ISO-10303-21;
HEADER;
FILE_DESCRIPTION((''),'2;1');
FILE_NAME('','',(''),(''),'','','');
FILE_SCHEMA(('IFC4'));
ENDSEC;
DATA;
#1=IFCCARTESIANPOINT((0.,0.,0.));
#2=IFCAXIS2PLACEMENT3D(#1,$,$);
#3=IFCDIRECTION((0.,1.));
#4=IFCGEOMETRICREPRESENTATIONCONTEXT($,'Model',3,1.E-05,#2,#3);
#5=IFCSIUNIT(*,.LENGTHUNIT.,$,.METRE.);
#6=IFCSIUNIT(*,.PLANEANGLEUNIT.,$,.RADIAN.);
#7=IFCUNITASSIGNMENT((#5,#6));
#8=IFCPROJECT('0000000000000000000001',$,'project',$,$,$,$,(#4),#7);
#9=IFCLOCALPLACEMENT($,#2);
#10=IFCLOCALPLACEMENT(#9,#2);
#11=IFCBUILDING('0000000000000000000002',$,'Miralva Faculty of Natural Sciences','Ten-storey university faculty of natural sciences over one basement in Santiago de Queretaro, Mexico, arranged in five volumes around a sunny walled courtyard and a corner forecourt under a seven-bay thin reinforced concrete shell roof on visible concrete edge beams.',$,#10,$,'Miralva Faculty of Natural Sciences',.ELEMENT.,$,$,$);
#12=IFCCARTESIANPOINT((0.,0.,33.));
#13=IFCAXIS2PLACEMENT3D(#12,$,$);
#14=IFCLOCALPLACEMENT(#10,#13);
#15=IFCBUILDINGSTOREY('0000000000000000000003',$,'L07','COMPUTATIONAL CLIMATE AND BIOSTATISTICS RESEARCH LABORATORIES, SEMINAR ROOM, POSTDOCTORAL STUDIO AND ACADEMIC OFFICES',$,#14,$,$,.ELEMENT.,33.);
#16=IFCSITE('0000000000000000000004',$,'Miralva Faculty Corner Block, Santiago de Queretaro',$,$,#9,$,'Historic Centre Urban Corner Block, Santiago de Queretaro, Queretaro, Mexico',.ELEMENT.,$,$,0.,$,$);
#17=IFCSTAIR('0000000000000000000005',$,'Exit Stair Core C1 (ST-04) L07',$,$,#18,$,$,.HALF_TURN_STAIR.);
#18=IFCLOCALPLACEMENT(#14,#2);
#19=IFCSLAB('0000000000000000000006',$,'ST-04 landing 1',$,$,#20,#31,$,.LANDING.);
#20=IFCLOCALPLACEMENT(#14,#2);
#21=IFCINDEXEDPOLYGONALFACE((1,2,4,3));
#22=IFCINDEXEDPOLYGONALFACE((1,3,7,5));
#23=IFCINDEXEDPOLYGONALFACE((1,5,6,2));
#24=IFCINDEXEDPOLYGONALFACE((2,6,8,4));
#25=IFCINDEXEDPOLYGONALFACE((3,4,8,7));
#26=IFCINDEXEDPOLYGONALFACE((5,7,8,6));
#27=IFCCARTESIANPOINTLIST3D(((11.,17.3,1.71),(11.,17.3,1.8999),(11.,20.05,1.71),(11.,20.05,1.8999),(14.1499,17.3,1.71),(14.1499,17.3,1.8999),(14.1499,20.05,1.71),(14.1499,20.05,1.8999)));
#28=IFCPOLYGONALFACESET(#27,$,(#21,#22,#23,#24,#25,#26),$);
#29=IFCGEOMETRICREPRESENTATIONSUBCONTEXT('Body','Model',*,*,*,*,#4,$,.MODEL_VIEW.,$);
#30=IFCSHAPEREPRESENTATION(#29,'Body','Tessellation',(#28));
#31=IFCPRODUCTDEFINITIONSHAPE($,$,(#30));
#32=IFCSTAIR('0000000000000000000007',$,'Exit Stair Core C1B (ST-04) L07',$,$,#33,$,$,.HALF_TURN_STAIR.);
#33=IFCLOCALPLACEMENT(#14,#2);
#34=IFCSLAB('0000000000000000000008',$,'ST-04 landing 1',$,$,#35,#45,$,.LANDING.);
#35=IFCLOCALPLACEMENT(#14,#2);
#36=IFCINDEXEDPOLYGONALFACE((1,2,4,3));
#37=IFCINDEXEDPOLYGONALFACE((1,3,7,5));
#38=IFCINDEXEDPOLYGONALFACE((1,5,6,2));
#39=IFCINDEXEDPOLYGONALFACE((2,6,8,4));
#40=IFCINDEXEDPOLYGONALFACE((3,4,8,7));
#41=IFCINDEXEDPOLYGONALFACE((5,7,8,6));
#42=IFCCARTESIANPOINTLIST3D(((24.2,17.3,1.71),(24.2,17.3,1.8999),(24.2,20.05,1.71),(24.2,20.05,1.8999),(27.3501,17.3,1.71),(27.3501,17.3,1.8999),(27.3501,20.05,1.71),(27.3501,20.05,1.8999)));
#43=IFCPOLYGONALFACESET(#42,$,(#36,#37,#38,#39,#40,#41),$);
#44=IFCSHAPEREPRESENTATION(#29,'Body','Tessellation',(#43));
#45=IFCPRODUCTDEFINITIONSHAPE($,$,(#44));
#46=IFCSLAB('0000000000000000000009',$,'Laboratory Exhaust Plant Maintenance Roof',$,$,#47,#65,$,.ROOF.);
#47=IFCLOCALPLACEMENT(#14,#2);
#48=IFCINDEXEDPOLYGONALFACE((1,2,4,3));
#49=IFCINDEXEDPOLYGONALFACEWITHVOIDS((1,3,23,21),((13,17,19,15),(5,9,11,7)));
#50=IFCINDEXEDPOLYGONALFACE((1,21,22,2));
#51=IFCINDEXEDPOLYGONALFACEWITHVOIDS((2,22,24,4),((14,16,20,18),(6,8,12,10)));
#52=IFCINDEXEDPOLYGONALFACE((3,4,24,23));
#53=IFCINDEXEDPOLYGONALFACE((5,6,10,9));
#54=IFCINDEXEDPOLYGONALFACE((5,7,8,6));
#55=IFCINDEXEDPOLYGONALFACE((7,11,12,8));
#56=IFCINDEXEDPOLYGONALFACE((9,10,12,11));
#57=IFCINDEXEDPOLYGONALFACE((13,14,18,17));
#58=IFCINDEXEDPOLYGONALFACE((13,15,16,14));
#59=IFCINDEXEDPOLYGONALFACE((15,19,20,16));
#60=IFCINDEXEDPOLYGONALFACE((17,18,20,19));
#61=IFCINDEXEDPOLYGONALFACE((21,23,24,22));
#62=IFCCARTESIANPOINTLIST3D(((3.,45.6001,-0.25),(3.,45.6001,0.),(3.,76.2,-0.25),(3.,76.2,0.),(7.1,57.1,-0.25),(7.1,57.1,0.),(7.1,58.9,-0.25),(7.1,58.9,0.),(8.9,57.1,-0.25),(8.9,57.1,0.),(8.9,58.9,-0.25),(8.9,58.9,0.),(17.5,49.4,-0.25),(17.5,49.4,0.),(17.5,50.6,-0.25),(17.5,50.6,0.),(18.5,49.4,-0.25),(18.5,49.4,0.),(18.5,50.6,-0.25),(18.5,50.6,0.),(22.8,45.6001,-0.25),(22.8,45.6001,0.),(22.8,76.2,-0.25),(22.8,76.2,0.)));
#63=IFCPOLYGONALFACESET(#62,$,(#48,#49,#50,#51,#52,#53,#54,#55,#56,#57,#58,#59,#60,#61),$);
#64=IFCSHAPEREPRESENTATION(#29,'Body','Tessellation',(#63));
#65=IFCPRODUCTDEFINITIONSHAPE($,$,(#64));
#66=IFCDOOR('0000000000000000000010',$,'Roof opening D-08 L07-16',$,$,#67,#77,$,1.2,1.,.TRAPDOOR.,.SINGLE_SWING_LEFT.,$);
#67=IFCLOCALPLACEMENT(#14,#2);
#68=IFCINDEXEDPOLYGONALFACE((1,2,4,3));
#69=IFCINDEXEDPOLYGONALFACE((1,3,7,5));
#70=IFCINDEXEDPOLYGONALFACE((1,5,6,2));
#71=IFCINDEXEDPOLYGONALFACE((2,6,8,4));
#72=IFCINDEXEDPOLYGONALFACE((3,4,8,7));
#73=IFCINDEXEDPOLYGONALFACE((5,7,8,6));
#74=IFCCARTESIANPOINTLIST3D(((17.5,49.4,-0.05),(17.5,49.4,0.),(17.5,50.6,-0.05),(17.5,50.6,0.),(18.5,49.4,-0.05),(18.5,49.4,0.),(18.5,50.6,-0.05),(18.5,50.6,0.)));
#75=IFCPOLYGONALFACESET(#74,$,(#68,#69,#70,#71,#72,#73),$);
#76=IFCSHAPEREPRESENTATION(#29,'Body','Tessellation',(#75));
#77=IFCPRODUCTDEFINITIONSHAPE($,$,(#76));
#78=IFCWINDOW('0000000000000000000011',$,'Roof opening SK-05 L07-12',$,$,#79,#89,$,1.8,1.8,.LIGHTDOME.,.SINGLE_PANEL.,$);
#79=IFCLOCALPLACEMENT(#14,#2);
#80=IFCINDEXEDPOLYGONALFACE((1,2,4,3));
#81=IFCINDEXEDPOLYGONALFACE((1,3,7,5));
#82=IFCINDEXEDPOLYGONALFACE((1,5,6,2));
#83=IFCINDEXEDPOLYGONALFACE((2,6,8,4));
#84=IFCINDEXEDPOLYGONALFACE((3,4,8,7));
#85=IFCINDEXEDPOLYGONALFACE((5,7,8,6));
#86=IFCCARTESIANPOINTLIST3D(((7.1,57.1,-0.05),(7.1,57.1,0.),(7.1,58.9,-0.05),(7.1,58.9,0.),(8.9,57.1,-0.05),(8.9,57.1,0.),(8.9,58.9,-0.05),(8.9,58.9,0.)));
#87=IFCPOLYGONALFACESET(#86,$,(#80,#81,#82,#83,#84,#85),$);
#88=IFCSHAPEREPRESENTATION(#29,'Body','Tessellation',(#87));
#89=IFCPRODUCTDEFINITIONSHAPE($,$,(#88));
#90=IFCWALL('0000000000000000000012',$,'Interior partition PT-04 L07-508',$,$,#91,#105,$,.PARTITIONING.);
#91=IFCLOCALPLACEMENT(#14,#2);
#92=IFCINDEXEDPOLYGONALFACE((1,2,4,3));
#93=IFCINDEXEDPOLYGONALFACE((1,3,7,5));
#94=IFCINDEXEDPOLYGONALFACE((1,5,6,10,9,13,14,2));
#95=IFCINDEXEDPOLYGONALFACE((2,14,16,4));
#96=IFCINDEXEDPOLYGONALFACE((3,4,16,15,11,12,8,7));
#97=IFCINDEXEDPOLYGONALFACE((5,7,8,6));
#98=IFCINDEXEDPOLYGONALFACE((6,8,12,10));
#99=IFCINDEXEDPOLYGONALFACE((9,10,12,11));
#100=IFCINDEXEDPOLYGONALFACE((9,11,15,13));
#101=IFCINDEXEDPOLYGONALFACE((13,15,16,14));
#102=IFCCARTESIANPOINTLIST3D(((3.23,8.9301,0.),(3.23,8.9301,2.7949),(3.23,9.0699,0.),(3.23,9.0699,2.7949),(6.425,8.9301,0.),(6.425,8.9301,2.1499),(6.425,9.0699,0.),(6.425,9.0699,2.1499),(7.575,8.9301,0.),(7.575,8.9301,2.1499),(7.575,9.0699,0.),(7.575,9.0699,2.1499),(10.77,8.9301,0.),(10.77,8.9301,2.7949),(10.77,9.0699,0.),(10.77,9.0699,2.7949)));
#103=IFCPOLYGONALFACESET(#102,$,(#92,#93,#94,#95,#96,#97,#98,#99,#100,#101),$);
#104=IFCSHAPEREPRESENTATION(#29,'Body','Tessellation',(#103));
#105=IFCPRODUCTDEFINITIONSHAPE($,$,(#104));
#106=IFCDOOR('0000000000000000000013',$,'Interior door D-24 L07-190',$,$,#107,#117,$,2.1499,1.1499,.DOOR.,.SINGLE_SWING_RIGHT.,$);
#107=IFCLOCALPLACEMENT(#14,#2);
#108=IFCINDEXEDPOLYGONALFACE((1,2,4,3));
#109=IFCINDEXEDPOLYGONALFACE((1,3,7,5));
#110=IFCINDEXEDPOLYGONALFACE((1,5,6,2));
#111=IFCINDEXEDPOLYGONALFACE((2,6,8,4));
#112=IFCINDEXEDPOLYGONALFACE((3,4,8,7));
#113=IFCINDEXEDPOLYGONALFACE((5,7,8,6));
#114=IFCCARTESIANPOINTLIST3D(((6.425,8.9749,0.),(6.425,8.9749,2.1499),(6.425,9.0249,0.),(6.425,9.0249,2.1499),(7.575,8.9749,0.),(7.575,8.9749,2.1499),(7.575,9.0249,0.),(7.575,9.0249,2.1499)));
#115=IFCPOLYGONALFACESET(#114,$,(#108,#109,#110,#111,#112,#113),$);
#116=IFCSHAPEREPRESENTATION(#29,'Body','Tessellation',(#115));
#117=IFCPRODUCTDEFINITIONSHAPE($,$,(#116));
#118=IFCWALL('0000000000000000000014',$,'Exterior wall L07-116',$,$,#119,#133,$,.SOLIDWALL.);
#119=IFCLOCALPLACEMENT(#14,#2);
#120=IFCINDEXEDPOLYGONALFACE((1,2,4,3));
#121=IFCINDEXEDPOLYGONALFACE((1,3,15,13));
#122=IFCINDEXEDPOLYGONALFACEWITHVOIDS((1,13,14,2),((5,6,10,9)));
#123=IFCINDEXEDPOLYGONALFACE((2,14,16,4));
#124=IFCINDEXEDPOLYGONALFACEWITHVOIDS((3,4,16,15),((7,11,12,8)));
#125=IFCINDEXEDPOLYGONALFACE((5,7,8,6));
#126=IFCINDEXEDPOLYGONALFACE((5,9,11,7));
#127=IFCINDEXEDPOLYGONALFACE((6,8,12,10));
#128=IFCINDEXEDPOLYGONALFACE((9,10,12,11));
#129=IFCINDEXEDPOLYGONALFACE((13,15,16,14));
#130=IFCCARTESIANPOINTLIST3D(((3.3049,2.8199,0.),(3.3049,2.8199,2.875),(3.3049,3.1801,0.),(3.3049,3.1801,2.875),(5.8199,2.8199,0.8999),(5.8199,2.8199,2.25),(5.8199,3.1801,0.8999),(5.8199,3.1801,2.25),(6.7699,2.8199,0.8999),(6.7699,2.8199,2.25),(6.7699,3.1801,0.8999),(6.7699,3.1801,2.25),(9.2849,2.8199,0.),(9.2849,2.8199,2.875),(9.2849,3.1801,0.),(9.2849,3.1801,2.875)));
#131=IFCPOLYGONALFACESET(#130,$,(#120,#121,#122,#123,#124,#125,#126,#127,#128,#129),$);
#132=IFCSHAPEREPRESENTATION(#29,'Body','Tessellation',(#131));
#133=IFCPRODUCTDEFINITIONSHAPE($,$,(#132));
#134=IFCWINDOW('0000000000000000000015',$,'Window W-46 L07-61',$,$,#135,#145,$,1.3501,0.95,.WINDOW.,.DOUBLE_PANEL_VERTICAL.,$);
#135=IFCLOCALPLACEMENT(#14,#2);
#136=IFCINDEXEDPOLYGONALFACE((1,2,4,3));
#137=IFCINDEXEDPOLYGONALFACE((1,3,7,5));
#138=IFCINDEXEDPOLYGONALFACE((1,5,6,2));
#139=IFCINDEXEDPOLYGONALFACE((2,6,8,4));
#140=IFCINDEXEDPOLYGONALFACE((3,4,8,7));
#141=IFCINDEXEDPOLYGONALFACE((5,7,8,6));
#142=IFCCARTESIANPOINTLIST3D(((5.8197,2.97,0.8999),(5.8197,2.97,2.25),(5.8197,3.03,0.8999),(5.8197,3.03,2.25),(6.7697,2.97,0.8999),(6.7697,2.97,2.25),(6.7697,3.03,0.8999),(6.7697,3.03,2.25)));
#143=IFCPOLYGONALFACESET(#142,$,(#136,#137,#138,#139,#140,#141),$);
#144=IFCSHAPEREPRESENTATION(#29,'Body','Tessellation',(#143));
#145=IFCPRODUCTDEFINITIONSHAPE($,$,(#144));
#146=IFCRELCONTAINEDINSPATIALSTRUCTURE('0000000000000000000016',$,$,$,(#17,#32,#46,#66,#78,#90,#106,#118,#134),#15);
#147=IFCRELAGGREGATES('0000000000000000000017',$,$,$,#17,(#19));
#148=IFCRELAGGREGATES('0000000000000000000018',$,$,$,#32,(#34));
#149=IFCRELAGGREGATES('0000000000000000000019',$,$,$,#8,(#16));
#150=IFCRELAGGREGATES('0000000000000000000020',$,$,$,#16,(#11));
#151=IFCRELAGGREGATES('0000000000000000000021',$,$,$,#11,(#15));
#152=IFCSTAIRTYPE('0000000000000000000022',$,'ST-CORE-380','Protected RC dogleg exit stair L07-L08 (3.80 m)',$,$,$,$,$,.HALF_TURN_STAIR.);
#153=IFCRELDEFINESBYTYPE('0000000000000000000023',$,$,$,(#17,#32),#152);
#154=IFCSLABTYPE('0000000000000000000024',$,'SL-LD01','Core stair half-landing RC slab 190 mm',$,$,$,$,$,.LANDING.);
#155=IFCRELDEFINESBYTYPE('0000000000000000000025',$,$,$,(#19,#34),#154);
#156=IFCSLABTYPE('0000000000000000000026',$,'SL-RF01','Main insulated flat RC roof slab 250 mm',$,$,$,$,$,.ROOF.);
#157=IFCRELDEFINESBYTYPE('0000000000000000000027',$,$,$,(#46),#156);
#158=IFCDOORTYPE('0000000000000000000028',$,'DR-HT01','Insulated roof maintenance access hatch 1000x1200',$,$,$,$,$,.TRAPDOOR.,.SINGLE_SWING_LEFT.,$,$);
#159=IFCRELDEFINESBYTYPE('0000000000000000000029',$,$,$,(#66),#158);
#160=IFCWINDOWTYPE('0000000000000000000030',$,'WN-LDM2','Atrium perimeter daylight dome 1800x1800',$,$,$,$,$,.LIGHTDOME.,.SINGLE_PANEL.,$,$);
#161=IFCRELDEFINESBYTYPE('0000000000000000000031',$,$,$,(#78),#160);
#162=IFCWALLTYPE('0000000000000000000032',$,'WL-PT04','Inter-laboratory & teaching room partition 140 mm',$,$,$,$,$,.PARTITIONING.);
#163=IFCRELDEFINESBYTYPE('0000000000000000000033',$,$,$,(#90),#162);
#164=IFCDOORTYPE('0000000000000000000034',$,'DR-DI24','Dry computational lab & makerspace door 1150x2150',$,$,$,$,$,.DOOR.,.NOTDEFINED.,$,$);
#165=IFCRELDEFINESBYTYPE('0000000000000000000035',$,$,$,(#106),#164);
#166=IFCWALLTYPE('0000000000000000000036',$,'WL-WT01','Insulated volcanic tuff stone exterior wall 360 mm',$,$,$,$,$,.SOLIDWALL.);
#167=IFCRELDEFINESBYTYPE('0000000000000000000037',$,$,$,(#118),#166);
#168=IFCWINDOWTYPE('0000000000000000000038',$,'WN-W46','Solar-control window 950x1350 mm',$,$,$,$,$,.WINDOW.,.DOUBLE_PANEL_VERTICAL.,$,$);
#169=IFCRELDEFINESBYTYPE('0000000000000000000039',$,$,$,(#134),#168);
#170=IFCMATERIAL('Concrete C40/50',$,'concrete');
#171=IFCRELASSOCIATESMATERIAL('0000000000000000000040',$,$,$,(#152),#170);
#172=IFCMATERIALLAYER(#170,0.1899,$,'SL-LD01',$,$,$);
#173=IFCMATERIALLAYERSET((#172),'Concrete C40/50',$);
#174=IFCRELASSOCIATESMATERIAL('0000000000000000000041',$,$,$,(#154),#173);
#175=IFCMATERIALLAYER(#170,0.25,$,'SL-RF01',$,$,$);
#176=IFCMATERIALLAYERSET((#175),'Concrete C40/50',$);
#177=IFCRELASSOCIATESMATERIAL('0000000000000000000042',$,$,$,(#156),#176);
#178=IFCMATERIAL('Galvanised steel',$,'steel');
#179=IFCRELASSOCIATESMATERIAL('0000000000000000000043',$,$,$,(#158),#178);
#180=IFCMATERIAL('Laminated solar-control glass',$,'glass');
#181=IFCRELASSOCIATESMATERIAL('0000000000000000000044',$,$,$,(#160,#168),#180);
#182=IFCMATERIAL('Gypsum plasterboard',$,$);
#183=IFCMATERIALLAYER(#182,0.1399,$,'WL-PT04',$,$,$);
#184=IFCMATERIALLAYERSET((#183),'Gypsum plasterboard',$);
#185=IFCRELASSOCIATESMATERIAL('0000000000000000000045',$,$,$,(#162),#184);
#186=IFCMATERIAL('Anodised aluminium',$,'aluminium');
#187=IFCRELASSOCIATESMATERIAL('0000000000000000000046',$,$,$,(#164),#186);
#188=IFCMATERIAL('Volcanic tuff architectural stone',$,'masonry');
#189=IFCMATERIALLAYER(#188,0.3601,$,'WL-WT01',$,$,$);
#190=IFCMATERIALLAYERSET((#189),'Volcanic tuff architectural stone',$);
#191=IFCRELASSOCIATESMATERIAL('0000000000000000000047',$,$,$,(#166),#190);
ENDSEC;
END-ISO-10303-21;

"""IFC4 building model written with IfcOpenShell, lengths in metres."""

from ifc_helpers import new_model, si_unit, direction, frame, frame_2d, origin, origin_2d, place, context, subcontext, project, spatial, polyline, rectangle, outline, extrude, material, layer, layer_set, type_object, element, fill, aggregate, save


model = new_model("IFC4")

# Units and contexts
model_context = context("Model", 3, precision=1e-05, world=origin(), true_north=direction((0.0, 1.0)))
body_context = subcontext(model_context, "Body", "Model", "MODEL_VIEW")
ifc_project = project(units=[si_unit("LENGTHUNIT", "METRE"), si_unit("PLANEANGLEUNIT", "RADIAN")], contexts=[model_context])

# Site, building, storey
site_placement = place(None, origin())
site = spatial("IfcSite", under=ifc_project, at=site_placement, Name="Miralva Faculty Corner Block, Santiago de Queretaro", LongName="Historic Centre Urban Corner Block, Santiago de Queretaro, Queretaro, Mexico", CompositionType="ELEMENT", RefElevation=0.0)
building_placement = place(site_placement, origin())
building = spatial("IfcBuilding", under=site, at=building_placement, Name="Miralva Faculty of Natural Sciences", Description="Ten-storey university faculty of natural sciences over one basement in Santiago de Queretaro, Mexico, arranged in five volumes around a sunny walled courtyard and a corner forecourt under a seven-bay thin reinforced concrete shell roof on visible concrete edge beams.", LongName="Miralva Faculty of Natural Sciences", CompositionType="ELEMENT")
storey_placement = place(building_placement, frame((0.0, 0.0, 33.0)))
storey = spatial("IfcBuildingStorey", under=building, at=storey_placement, Name="L07", Description="COMPUTATIONAL CLIMATE AND BIOSTATISTICS RESEARCH LABORATORIES, SEMINAR ROOM, POSTDOCTORAL STUDIO AND ACADEMIC OFFICES", CompositionType="ELEMENT", Elevation=33.0)

# Shared definitions
ifc_material_1 = material(Name="Concrete C40/50", Category="concrete")

# Shared definitions
ifc_material_2 = material(Name="Laminated solar-control glass", Category="glass")
ifc_material_3 = material(Name="Anodised aluminium", Category="aluminium")

# Stairs, slabs
stair_type = type_object("IfcStairType", Name="ST-CORE-380", Description="Protected RC dogleg exit stair L07-L08 (3.80 m)", PredefinedType="HALF_TURN_STAIR", material=ifc_material_1)
stair_1_placement = place(storey_placement, origin())
stair_1 = element("IfcStair", 1, at=stair_1_placement, inside=storey, type_object=stair_type, Name="Exit Stair Core C1 (ST-04) L07", PredefinedType="HALF_TURN_STAIR")
ifc_layer_1 = layer(ifc_material_1, 0.1899, Name="SL-LD01")
ifc_layer_set_1 = layer_set([ifc_layer_1], Name="Concrete C40/50")
slab_type_1 = type_object("IfcSlabType", Name="SL-LD01", Description="Core stair half-landing RC slab 190 mm", PredefinedType="LANDING", material=ifc_layer_set_1)
slab_1_placement = place(storey_placement, frame((0.0, 0.0, 1.71)))
slab_1 = element("IfcSlab", 2, at=slab_1_placement, type_object=slab_type_1, Name="ST-04 landing 1", PredefinedType="LANDING", context=body_context, shape_type="SweptSolid", body=[
    extrude(outline(polyline([(14.1499, 17.3), (14.1499, 20.05), (11.0, 20.05), (11.0, 17.3), (14.1499, 17.3)])), origin(), (0.0, 0.0, 1.0), 0.1899),
])
aggregate(stair_1, [slab_1])
stair_2_placement = place(storey_placement, origin())
stair_2 = element("IfcStair", 3, at=stair_2_placement, inside=storey, type_object=stair_type, Name="Exit Stair Core C1B (ST-04) L07", PredefinedType="HALF_TURN_STAIR")
slab_2_placement = place(storey_placement, frame((0.0, 0.0, 1.71)))
slab_2 = element("IfcSlab", 4, at=slab_2_placement, type_object=slab_type_1, Name="ST-04 landing 1", PredefinedType="LANDING", context=body_context, shape_type="SweptSolid", body=[
    extrude(outline(polyline([(27.3501, 17.3), (27.3501, 20.05), (24.2, 20.05), (24.2, 17.3), (27.3501, 17.3)])), origin(), (0.0, 0.0, 1.0), 0.1899),
])
aggregate(stair_2, [slab_2])

# Slab, openings, door, window
ifc_layer_2 = layer(ifc_material_1, 0.25, Name="SL-RF01")
ifc_layer_set_2 = layer_set([ifc_layer_2], Name="Concrete C40/50")
slab_type_2 = type_object("IfcSlabType", Name="SL-RF01", Description="Main insulated flat RC roof slab 250 mm", PredefinedType="ROOF", material=ifc_layer_set_2)
slab_3_placement = place(storey_placement, frame((0.0, 0.0, -0.25)))
slab_3 = element("IfcSlab", 5, at=slab_3_placement, inside=storey, type_object=slab_type_2, Name="Laboratory Exhaust Plant Maintenance Roof", PredefinedType="ROOF", context=body_context, shape_type="SweptSolid", body=[
    extrude(outline(polyline([(22.8, 45.6001), (3.0, 45.6001), (3.0, 76.2), (22.8, 76.2), (22.8, 45.6001)])), origin(), (0.0, 0.0, 1.0), 0.25),
])
opening_1_placement = place(slab_3_placement, frame((8.0, 58.0, 0.0)))
opening_1 = element("IfcOpeningElement", 6, at=opening_1_placement, cuts=slab_3, PredefinedType="OPENING", context=body_context, shape_type="SweptSolid", body=[
    extrude(rectangle(XDim=1.8, YDim=1.8, at=origin_2d()), frame((0.0, 0.0, -0.01)), (0.0, 0.0, 1.0), 0.27),
])
opening_2_placement = place(slab_3_placement, frame((18.0, 50.0, 0.0)))
opening_2 = element("IfcOpeningElement", 7, at=opening_2_placement, cuts=slab_3, PredefinedType="OPENING", context=body_context, shape_type="SweptSolid", body=[
    extrude(rectangle(XDim=1.0, YDim=1.2, at=origin_2d()), frame((0.0, 0.0, -0.01)), (0.0, 0.0, 1.0), 0.27),
])
ifc_material_4 = material(Name="Galvanised steel", Category="steel")
door_type_1 = type_object("IfcDoorType", Name="DR-HT01", Description="Insulated roof maintenance access hatch 1000x1200", OperationType="SINGLE_SWING_LEFT", PredefinedType="TRAPDOOR", material=ifc_material_4)
door_1_placement = place(opening_2_placement, frame((0.0, 0.0, 0.2)))
door_1 = element("IfcDoor", 8, at=door_1_placement, inside=storey, type_object=door_type_1, Name="Roof opening D-08 L07-16", OperationType="SINGLE_SWING_LEFT", OverallHeight=1.2, OverallWidth=1.0, PredefinedType="TRAPDOOR", context=body_context, shape_type="SweptSolid", body=[
    extrude(rectangle(XDim=1.0, YDim=1.2, at=origin_2d()), origin(), (0.0, 0.0, 1.0), 0.05),
])
fill(opening_2, door_1)
window_type_1 = type_object("IfcWindowType", Name="WN-LDM2", Description="Atrium perimeter daylight dome 1800x1800", PartitioningType="SINGLE_PANEL", PredefinedType="LIGHTDOME", material=ifc_material_2)
window_1_placement = place(opening_1_placement, frame((0.0, 0.0, 0.2)))
window_1 = element("IfcWindow", 9, at=window_1_placement, inside=storey, type_object=window_type_1, Name="Roof opening SK-05 L07-12", OverallHeight=1.8, OverallWidth=1.8, PartitioningType="SINGLE_PANEL", PredefinedType="LIGHTDOME", context=body_context, shape_type="SweptSolid", body=[
    extrude(rectangle(XDim=1.8, YDim=1.8, at=origin_2d()), origin(), (0.0, 0.0, 1.0), 0.05),
])
fill(opening_1, window_1)

# Wall, opening, door
ifc_material_5 = material(Name="Gypsum plasterboard")
ifc_layer_3 = layer(ifc_material_5, 0.1399, Name="WL-PT04")
ifc_layer_set_3 = layer_set([ifc_layer_3], Name="Gypsum plasterboard")
wall_type_1 = type_object("IfcWallType", Name="WL-PT04", Description="Inter-laboratory & teaching room partition 140 mm", PredefinedType="PARTITIONING", material=ifc_layer_set_3)
wall_1_placement = place(storey_placement, frame((3.23, 9.0, 0.0), z_axis=(0.0, 0.0, 1.0), x_axis=(1.0, 0.0, 0.0)))
wall_1 = element("IfcWall", 10, at=wall_1_placement, inside=storey, type_object=wall_type_1, Name="Interior partition PT-04 L07-508", PredefinedType="PARTITIONING", context=body_context, shape_type="SweptSolid", body=[
    extrude(rectangle(XDim=7.54, YDim=0.1399, at=frame_2d((3.77, 0.0))), origin(), (0.0, 0.0, 1.0), 2.7949),
])
opening_3_placement = place(wall_1_placement, frame((3.1951, 0.0, 0.0)))
opening_3 = element("IfcOpeningElement", 11, at=opening_3_placement, cuts=wall_1, PredefinedType="OPENING", context=body_context, shape_type="SweptSolid", body=[
    extrude(rectangle(XDim=1.1499, YDim=2.1499, at=frame_2d((0.575, 1.075))), frame((0.0, 0.0798, 0.0), z_axis=(0.0, -1.0, 0.0), x_axis=(1.0, 0.0, 0.0)), (0.0, 0.0, 1.0), 0.1599),
])
door_type_2 = type_object("IfcDoorType", Name="DR-DI24", Description="Dry computational lab & makerspace door 1150x2150", OperationType="NOTDEFINED", PredefinedType="DOOR", material=ifc_material_3)
door_2_placement = place(opening_3_placement, origin())
door_2 = element("IfcDoor", 12, at=door_2_placement, inside=storey, type_object=door_type_2, Name="Interior door D-24 L07-190", OperationType="SINGLE_SWING_RIGHT", OverallHeight=2.1499, OverallWidth=1.1499, PredefinedType="DOOR", context=body_context, shape_type="SweptSolid", body=[
    extrude(rectangle(XDim=1.1499, YDim=2.1499, at=frame_2d((0.575, 1.075))), frame((0.0, 0.0249, 0.0), z_axis=(0.0, -1.0, 0.0), x_axis=(1.0, 0.0, 0.0)), (0.0, 0.0, 1.0), 0.05),
])
fill(opening_3, door_2)

# Wall, opening, window
ifc_material_6 = material(Name="Volcanic tuff architectural stone", Category="masonry")
ifc_layer_4 = layer(ifc_material_6, 0.3601, Name="WL-WT01")
ifc_layer_set_4 = layer_set([ifc_layer_4], Name="Volcanic tuff architectural stone")
wall_type_2 = type_object("IfcWallType", Name="WL-WT01", Description="Insulated volcanic tuff stone exterior wall 360 mm", PredefinedType="SOLIDWALL", material=ifc_layer_set_4)
wall_2_placement = place(storey_placement, frame((3.3049, 3.0, 0.0), z_axis=(0.0, 0.0, 1.0), x_axis=(1.0, 0.0, 0.0)))
wall_2 = element("IfcWall", 13, at=wall_2_placement, inside=storey, type_object=wall_type_2, Name="Exterior wall L07-116", PredefinedType="SOLIDWALL", context=body_context, shape_type="SweptSolid", body=[
    extrude(rectangle(XDim=5.98, YDim=0.3601, at=frame_2d((2.99, 0.0))), origin(), (0.0, 0.0, 1.0), 2.875),
])
opening_4_placement = place(wall_2_placement, frame((2.5149, 0.0, 0.8999)))
opening_4 = element("IfcOpeningElement", 14, at=opening_4_placement, cuts=wall_2, PredefinedType="OPENING", context=body_context, shape_type="SweptSolid", body=[
    extrude(rectangle(XDim=0.95, YDim=1.3501, at=frame_2d((0.4751, 0.675))), frame((0.0, 0.1899, 0.0), z_axis=(0.0, -1.0, 0.0), x_axis=(1.0, 0.0, 0.0)), (0.0, 0.0, 1.0), 0.3801),
])
window_type_2 = type_object("IfcWindowType", Name="WN-W46", Description="Solar-control window 950x1350 mm", PartitioningType="DOUBLE_PANEL_VERTICAL", PredefinedType="WINDOW", material=ifc_material_2)
window_2_placement = place(opening_4_placement, frame((0.95, 0.0, 0.0), z_axis=(0.0, 0.0, 1.0), x_axis=(-1.0, 0.0, 0.0)))
window_2 = element("IfcWindow", 15, at=window_2_placement, inside=storey, type_object=window_type_2, Name="Window W-46 L07-61", OverallHeight=1.3501, OverallWidth=0.95, PartitioningType="DOUBLE_PANEL_VERTICAL", PredefinedType="WINDOW", context=body_context, shape_type="SweptSolid", body=[
    extrude(rectangle(XDim=0.95, YDim=1.3501, at=frame_2d((0.4751, 0.675))), frame((0.0, 0.03, 0.0), z_axis=(0.0, -1.0, 0.0), x_axis=(1.0, 0.0, 0.0)), (0.0, 0.0, 1.0), 0.0601),
])
fill(opening_4, window_2)

save(model, "model.ifc")
